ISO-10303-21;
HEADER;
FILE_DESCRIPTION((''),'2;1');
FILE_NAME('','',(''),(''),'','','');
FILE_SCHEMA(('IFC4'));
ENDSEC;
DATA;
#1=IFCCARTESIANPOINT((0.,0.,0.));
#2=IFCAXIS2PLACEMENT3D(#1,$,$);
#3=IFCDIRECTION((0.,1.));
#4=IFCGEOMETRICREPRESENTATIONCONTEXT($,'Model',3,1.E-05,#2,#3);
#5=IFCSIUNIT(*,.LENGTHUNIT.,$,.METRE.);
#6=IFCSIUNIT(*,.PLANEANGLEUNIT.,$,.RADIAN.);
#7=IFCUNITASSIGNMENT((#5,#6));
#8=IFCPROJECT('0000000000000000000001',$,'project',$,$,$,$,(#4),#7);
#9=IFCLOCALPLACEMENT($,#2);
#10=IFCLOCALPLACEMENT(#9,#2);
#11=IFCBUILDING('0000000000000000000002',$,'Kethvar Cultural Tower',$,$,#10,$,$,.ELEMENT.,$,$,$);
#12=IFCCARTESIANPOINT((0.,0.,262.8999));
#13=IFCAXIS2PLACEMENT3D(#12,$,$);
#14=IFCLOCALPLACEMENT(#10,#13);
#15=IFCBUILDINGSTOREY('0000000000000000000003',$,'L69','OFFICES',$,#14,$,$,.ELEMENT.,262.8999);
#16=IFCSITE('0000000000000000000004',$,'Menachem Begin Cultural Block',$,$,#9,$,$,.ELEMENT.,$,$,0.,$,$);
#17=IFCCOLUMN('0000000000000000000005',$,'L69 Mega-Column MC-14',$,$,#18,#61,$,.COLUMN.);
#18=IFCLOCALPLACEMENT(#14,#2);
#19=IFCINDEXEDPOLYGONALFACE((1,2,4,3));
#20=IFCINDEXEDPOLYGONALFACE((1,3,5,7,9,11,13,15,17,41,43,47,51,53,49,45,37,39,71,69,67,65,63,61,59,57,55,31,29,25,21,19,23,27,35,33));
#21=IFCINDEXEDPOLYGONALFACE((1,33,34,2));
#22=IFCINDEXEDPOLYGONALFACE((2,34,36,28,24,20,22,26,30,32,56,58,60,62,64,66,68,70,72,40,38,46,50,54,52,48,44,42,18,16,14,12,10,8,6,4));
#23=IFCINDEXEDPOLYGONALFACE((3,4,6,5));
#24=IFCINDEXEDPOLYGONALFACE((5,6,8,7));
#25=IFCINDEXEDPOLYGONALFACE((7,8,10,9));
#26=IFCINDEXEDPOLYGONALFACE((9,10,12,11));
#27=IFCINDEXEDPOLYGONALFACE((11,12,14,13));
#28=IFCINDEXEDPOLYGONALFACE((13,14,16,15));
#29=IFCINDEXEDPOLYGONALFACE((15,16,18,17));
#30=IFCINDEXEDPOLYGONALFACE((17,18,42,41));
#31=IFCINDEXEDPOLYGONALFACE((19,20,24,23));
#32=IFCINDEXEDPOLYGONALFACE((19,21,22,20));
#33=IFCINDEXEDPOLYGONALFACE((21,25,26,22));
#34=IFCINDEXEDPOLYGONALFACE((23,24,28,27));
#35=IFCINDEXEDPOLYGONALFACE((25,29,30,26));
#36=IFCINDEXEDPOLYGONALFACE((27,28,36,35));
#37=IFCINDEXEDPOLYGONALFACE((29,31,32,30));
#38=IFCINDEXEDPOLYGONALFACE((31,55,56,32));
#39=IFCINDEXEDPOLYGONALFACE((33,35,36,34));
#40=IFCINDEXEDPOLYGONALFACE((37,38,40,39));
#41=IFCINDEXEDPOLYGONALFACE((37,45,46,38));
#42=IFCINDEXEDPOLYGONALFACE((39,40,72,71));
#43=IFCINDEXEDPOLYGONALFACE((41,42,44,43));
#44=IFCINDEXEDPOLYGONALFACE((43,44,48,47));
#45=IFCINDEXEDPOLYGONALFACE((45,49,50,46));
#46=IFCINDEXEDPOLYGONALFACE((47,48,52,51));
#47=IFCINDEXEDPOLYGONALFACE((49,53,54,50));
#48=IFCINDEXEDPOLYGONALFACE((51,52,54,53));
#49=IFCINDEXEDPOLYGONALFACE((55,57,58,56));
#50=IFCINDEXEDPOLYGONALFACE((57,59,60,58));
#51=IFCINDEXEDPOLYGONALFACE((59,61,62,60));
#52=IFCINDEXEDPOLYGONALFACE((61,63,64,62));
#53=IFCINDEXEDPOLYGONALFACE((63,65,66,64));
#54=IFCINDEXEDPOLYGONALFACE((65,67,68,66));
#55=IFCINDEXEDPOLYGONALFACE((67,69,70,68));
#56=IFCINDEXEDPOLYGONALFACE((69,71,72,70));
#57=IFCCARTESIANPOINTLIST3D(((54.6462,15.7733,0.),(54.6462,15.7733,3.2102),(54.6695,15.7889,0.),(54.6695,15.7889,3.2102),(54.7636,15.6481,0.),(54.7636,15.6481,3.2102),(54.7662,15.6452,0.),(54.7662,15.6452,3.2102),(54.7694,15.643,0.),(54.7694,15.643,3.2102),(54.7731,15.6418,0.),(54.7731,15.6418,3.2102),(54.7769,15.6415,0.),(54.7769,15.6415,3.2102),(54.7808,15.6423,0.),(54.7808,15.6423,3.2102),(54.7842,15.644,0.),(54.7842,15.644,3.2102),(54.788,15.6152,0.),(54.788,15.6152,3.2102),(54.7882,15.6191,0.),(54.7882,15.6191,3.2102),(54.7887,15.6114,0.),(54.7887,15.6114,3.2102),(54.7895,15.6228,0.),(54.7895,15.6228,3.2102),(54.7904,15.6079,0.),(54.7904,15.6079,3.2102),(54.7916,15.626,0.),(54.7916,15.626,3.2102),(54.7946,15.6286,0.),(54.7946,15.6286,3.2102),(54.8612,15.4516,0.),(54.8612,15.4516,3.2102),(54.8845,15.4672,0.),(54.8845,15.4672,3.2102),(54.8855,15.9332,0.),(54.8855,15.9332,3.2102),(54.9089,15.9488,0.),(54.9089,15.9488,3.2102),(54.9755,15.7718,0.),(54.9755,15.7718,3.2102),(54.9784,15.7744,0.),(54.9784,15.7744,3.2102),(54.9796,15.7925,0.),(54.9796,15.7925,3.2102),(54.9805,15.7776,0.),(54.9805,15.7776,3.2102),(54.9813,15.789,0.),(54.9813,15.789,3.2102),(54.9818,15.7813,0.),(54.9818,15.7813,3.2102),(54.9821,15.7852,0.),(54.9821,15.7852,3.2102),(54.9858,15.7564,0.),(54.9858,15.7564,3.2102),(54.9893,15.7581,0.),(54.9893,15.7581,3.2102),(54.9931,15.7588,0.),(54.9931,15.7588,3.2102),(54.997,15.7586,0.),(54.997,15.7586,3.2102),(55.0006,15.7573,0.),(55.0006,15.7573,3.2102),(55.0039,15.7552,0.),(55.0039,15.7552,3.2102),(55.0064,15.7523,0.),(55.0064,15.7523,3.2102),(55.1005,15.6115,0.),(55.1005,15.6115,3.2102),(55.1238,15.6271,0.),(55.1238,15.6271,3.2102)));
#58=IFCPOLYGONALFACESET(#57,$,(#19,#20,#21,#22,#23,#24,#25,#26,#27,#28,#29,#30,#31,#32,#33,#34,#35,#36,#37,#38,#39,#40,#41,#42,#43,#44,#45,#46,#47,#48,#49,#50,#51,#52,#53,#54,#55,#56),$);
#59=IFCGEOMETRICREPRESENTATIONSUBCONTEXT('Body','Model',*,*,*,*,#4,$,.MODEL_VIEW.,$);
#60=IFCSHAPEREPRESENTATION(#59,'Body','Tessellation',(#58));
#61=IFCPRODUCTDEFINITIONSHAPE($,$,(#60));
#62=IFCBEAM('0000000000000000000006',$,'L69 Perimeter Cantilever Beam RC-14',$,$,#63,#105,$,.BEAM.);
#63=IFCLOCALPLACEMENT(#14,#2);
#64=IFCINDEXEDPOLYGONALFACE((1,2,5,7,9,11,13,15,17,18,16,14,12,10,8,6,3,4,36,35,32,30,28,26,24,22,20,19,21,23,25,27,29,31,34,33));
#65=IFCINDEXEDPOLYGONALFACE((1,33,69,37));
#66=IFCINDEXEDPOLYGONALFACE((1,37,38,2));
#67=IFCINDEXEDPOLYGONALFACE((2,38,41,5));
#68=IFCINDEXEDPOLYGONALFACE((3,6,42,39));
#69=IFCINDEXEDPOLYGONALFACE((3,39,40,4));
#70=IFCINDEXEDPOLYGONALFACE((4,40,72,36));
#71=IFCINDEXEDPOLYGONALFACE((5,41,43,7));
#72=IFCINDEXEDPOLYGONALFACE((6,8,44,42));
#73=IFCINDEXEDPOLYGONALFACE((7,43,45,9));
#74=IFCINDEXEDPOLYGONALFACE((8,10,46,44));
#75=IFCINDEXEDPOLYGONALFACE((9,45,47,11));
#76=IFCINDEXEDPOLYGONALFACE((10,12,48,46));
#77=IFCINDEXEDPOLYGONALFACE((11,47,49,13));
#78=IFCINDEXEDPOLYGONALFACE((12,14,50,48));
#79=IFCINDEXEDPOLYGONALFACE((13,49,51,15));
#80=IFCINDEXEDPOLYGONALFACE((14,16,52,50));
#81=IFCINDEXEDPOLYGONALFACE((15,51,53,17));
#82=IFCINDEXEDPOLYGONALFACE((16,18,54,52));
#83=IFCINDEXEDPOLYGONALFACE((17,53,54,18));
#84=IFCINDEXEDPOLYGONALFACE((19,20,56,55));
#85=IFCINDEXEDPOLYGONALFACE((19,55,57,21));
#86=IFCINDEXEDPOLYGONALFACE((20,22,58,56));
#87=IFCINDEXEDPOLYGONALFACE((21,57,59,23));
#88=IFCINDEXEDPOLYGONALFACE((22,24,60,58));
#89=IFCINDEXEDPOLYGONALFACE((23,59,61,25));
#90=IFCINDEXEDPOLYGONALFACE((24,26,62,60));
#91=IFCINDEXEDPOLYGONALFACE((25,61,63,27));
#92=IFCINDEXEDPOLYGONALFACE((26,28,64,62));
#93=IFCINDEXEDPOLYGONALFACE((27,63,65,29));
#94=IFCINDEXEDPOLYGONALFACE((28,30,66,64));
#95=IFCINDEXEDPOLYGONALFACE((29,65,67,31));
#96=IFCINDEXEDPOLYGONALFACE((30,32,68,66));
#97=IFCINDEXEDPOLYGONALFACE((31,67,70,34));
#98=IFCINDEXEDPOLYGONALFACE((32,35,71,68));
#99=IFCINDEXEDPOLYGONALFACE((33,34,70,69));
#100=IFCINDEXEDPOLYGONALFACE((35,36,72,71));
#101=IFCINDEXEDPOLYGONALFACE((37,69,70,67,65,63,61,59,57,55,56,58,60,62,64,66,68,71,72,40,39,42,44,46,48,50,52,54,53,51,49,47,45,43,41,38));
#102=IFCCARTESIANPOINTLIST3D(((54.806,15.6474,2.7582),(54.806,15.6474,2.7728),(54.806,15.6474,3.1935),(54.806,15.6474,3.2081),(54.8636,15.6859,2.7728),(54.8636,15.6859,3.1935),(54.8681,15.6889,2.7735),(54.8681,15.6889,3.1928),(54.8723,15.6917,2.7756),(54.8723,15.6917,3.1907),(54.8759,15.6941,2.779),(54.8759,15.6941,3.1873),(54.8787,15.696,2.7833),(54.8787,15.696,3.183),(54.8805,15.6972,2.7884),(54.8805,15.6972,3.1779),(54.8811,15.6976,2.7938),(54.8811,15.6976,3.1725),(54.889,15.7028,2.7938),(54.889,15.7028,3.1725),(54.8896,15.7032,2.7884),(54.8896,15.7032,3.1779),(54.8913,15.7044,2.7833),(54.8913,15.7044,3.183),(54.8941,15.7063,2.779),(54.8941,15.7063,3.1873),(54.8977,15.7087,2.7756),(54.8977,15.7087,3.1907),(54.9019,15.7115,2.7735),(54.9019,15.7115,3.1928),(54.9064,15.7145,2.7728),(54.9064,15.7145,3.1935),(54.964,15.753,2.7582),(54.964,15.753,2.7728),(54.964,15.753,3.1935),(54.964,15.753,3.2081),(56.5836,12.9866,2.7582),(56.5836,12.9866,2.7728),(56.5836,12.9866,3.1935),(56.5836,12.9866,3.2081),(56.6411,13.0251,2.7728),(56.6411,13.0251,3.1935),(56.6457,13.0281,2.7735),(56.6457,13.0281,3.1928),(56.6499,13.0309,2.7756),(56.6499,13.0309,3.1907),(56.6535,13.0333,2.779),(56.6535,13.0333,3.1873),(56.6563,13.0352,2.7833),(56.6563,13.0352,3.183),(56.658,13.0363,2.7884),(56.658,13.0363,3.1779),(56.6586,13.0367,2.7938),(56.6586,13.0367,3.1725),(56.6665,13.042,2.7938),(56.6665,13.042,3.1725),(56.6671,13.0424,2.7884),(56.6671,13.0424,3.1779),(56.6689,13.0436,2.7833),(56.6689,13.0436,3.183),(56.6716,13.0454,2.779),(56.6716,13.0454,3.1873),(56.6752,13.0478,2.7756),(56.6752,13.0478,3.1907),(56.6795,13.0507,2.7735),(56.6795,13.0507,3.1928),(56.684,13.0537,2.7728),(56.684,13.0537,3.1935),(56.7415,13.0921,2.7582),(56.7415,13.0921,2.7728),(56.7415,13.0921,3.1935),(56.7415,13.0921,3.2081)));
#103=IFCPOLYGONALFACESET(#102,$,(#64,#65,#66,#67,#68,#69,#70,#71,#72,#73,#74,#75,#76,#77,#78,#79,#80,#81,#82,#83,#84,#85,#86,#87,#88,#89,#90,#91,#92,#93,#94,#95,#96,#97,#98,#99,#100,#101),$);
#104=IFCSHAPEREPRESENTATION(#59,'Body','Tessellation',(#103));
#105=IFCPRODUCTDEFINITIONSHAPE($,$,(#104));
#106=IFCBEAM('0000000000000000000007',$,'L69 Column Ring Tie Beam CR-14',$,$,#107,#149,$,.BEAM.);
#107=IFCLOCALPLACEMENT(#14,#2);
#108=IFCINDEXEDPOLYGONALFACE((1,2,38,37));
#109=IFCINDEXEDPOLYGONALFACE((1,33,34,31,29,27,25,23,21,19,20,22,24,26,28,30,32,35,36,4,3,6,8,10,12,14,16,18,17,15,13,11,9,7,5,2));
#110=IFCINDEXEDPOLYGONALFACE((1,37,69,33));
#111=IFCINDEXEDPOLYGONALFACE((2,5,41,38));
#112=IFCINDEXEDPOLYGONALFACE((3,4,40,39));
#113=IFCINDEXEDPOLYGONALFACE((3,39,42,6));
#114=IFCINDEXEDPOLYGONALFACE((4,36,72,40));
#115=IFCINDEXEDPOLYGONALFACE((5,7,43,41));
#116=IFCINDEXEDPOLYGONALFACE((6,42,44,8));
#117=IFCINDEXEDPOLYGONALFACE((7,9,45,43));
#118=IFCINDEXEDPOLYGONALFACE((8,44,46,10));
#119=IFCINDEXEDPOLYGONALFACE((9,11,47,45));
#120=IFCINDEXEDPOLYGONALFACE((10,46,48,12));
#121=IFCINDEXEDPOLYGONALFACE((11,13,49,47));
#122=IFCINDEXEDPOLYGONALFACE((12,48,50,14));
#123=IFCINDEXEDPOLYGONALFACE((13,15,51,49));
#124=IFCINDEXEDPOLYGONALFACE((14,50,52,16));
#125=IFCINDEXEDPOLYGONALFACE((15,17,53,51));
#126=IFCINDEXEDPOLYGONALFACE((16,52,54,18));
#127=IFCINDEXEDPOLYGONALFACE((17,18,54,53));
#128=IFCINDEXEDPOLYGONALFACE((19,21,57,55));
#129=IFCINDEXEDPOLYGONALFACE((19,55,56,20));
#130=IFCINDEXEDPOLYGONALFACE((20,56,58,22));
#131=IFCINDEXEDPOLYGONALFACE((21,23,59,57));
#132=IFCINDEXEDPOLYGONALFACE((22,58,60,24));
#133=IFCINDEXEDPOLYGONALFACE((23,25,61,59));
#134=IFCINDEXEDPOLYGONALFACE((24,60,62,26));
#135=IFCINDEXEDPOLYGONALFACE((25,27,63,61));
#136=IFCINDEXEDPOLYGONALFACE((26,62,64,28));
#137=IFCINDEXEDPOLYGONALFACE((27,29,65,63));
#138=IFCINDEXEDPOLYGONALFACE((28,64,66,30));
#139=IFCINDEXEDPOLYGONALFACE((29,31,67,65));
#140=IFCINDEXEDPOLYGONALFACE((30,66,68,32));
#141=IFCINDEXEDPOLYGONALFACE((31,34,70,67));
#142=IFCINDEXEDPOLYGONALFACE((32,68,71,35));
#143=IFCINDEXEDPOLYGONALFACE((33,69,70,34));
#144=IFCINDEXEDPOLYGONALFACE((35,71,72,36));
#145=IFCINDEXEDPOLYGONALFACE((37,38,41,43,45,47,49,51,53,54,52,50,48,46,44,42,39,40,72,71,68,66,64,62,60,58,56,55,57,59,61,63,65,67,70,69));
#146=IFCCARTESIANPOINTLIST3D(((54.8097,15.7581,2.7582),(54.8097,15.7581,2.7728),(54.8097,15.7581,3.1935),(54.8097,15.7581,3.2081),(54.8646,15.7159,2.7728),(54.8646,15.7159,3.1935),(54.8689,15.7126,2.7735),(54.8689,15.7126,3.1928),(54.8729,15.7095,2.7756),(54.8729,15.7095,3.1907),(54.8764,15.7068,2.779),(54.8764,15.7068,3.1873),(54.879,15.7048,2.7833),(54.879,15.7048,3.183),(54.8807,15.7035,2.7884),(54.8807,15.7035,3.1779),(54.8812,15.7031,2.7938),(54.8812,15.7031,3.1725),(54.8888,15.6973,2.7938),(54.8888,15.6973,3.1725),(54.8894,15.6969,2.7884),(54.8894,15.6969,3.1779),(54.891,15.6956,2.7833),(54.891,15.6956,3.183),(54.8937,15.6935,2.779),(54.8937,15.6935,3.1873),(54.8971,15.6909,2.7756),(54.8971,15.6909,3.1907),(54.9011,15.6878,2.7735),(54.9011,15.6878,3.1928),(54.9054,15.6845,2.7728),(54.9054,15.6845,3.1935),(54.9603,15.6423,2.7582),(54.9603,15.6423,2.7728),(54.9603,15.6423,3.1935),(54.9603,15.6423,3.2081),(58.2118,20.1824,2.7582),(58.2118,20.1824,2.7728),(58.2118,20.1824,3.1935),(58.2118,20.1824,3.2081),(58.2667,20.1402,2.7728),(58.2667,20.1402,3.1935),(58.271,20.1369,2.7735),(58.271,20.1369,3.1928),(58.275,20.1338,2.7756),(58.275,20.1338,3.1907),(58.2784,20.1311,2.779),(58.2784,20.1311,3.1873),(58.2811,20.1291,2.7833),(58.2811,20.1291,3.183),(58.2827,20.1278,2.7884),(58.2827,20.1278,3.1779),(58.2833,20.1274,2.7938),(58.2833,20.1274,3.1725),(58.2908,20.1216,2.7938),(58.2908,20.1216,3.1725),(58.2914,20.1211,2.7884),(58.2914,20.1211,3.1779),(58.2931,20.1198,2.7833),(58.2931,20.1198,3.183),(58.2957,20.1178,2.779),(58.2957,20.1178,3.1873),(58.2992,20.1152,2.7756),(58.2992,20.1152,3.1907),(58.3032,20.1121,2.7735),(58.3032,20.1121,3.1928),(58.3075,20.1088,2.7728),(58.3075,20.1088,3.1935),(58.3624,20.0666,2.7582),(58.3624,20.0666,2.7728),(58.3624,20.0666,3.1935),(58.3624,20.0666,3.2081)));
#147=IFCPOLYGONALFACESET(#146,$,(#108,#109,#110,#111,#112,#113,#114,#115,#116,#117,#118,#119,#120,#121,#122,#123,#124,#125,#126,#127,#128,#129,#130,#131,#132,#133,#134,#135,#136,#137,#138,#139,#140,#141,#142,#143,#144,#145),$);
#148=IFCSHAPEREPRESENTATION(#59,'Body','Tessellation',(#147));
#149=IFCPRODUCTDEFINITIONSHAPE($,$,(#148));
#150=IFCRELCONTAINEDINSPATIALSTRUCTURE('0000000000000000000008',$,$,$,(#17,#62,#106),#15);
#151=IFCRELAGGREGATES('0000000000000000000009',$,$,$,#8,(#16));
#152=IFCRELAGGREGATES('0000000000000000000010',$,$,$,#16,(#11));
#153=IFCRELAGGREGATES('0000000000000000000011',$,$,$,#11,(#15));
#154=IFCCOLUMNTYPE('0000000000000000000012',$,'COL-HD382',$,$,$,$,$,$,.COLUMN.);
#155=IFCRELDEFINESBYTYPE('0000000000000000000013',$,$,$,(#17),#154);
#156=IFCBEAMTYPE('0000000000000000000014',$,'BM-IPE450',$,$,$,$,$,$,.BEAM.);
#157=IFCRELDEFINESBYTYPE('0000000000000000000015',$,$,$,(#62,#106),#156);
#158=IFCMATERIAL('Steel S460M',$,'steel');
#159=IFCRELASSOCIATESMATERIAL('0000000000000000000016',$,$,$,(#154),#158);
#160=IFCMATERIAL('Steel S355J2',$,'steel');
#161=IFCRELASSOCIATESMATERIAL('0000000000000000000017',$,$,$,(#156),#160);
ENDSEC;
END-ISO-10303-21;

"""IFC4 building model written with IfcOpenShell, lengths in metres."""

from ifc_helpers import new_model, si_unit, direction, frame, origin, origin_2d, place, context, subcontext, project, spatial, i_section, extrude, source, transform, mapped, material, material_profile, profile_set, type_object, element, save


model = new_model("IFC4")

# Units and contexts
model_context = context("Model", 3, precision=1e-05, world=origin(), true_north=direction((0.0, 1.0)))
body_context = subcontext(model_context, "Body", "Model", "MODEL_VIEW")
ifc_project = project(units=[si_unit("LENGTHUNIT", "METRE"), si_unit("PLANEANGLEUNIT", "RADIAN")], contexts=[model_context])

# Site, building, storey
site_placement = place(None, origin())
site = spatial("IfcSite", under=ifc_project, at=site_placement, Name="Menachem Begin Cultural Block", CompositionType="ELEMENT", RefElevation=0.0)
building_placement = place(site_placement, origin())
building = spatial("IfcBuilding", under=site, at=building_placement, Name="Kethvar Cultural Tower", CompositionType="ELEMENT")
storey_placement = place(building_placement, frame((0.0, 0.0, 262.8999)))
storey = spatial("IfcBuildingStorey", under=building, at=storey_placement, Name="L69", Description="OFFICES", CompositionType="ELEMENT", Elevation=262.8999)

# Column
ifc_material_1 = material(Name="Steel S460M", Category="steel")
ifc_material_profile_1 = material_profile(ifc_material_1, i_section(OverallWidth=0.387, OverallDepth=0.3159, WebThickness=0.0186, FlangeThickness=0.0281, FilletRadius=0.0149, at=origin_2d()), Name="Steel S460M — HD400x382")
ifc_profile_set_1 = profile_set([ifc_material_profile_1], Name="Steel S460M — HD400x382")
column_type = type_object("IfcColumnType", Name="COL-HD382", PredefinedType="COLUMN", material=ifc_profile_set_1)
shared_shape_1 = source(origin(), body_context, "Body", "SweptSolid", [
    extrude(i_section(OverallWidth=0.387, OverallDepth=0.3159, WebThickness=0.0186, FlangeThickness=0.0281, FilletRadius=0.0149, at=origin_2d()), origin(), (0.0, 0.0, 1.0), 3.2102),
])
column_placement = place(storey_placement, frame((54.885, 15.7002, 0.0), z_axis=(0.0, 0.0, 1.0), x_axis=(0.55557, -0.83147, 0.0)))
element("IfcColumn", 1, at=column_placement, inside=storey, type_object=column_type, Name="L69 Mega-Column MC-14", PredefinedType="COLUMN", context=body_context, shape_type="MappedRepresentation", body=[
    mapped(shared_shape_1, transform((0.0, 0.0, 0.0), scale=1.0)),
])

# Beams
ifc_material_2 = material(Name="Steel S355J2", Category="steel")
ifc_material_profile_2 = material_profile(ifc_material_2, i_section(OverallWidth=0.1899, OverallDepth=0.45, WebThickness=0.0095, FlangeThickness=0.0146, FilletRadius=0.021, at=origin_2d()), Name="Steel S355J2 — IPE450")
ifc_profile_set_2 = profile_set([ifc_material_profile_2], Name="Steel S355J2 — IPE450")
beam_type_1 = type_object("IfcBeamType", Name="BM-IPE450", PredefinedType="BEAM", material=ifc_profile_set_2)
shared_shape_2 = source(origin(), body_context, "Body", "SweptSolid", [
    extrude(i_section(OverallWidth=0.1899, OverallDepth=0.45, WebThickness=0.0095, FlangeThickness=0.0146, FilletRadius=0.021, at=origin_2d()), origin(), (0.0, 0.0, 1.0), 3.2),
])
beam_1_placement = place(storey_placement, frame((54.885, 15.7002, 2.9832), z_axis=(0.555492, -0.831522, 0.0), x_axis=(0.831522, 0.555492, 0.0)))
element("IfcBeam", 2, at=beam_1_placement, inside=storey, type_object=beam_type_1, Name="L69 Perimeter Cantilever Beam RC-14", PredefinedType="BEAM", context=body_context, shape_type="MappedRepresentation", body=[
    mapped(shared_shape_2, transform((0.0, 0.0, 0.0), scale=1.0)),
])
shared_shape_3 = source(origin(), body_context, "Body", "SweptSolid", [
    extrude(i_section(OverallWidth=0.1899, OverallDepth=0.45, WebThickness=0.0095, FlangeThickness=0.0146, FilletRadius=0.021, at=origin_2d()), origin(), (0.0, 0.0, 1.0), 5.5811),
])
beam_2_placement = place(storey_placement, frame((54.885, 15.7002, 2.9832), z_axis=(0.609573, 0.79273, 0.0), x_axis=(-0.79273, 0.609573, 0.0)))
element("IfcBeam", 3, at=beam_2_placement, inside=storey, type_object=beam_type_1, Name="L69 Column Ring Tie Beam CR-14", PredefinedType="BEAM", context=body_context, shape_type="MappedRepresentation", body=[
    mapped(shared_shape_3, transform((0.0, 0.0, 0.0), scale=1.0)),
])

save(model, "model.ifc")
